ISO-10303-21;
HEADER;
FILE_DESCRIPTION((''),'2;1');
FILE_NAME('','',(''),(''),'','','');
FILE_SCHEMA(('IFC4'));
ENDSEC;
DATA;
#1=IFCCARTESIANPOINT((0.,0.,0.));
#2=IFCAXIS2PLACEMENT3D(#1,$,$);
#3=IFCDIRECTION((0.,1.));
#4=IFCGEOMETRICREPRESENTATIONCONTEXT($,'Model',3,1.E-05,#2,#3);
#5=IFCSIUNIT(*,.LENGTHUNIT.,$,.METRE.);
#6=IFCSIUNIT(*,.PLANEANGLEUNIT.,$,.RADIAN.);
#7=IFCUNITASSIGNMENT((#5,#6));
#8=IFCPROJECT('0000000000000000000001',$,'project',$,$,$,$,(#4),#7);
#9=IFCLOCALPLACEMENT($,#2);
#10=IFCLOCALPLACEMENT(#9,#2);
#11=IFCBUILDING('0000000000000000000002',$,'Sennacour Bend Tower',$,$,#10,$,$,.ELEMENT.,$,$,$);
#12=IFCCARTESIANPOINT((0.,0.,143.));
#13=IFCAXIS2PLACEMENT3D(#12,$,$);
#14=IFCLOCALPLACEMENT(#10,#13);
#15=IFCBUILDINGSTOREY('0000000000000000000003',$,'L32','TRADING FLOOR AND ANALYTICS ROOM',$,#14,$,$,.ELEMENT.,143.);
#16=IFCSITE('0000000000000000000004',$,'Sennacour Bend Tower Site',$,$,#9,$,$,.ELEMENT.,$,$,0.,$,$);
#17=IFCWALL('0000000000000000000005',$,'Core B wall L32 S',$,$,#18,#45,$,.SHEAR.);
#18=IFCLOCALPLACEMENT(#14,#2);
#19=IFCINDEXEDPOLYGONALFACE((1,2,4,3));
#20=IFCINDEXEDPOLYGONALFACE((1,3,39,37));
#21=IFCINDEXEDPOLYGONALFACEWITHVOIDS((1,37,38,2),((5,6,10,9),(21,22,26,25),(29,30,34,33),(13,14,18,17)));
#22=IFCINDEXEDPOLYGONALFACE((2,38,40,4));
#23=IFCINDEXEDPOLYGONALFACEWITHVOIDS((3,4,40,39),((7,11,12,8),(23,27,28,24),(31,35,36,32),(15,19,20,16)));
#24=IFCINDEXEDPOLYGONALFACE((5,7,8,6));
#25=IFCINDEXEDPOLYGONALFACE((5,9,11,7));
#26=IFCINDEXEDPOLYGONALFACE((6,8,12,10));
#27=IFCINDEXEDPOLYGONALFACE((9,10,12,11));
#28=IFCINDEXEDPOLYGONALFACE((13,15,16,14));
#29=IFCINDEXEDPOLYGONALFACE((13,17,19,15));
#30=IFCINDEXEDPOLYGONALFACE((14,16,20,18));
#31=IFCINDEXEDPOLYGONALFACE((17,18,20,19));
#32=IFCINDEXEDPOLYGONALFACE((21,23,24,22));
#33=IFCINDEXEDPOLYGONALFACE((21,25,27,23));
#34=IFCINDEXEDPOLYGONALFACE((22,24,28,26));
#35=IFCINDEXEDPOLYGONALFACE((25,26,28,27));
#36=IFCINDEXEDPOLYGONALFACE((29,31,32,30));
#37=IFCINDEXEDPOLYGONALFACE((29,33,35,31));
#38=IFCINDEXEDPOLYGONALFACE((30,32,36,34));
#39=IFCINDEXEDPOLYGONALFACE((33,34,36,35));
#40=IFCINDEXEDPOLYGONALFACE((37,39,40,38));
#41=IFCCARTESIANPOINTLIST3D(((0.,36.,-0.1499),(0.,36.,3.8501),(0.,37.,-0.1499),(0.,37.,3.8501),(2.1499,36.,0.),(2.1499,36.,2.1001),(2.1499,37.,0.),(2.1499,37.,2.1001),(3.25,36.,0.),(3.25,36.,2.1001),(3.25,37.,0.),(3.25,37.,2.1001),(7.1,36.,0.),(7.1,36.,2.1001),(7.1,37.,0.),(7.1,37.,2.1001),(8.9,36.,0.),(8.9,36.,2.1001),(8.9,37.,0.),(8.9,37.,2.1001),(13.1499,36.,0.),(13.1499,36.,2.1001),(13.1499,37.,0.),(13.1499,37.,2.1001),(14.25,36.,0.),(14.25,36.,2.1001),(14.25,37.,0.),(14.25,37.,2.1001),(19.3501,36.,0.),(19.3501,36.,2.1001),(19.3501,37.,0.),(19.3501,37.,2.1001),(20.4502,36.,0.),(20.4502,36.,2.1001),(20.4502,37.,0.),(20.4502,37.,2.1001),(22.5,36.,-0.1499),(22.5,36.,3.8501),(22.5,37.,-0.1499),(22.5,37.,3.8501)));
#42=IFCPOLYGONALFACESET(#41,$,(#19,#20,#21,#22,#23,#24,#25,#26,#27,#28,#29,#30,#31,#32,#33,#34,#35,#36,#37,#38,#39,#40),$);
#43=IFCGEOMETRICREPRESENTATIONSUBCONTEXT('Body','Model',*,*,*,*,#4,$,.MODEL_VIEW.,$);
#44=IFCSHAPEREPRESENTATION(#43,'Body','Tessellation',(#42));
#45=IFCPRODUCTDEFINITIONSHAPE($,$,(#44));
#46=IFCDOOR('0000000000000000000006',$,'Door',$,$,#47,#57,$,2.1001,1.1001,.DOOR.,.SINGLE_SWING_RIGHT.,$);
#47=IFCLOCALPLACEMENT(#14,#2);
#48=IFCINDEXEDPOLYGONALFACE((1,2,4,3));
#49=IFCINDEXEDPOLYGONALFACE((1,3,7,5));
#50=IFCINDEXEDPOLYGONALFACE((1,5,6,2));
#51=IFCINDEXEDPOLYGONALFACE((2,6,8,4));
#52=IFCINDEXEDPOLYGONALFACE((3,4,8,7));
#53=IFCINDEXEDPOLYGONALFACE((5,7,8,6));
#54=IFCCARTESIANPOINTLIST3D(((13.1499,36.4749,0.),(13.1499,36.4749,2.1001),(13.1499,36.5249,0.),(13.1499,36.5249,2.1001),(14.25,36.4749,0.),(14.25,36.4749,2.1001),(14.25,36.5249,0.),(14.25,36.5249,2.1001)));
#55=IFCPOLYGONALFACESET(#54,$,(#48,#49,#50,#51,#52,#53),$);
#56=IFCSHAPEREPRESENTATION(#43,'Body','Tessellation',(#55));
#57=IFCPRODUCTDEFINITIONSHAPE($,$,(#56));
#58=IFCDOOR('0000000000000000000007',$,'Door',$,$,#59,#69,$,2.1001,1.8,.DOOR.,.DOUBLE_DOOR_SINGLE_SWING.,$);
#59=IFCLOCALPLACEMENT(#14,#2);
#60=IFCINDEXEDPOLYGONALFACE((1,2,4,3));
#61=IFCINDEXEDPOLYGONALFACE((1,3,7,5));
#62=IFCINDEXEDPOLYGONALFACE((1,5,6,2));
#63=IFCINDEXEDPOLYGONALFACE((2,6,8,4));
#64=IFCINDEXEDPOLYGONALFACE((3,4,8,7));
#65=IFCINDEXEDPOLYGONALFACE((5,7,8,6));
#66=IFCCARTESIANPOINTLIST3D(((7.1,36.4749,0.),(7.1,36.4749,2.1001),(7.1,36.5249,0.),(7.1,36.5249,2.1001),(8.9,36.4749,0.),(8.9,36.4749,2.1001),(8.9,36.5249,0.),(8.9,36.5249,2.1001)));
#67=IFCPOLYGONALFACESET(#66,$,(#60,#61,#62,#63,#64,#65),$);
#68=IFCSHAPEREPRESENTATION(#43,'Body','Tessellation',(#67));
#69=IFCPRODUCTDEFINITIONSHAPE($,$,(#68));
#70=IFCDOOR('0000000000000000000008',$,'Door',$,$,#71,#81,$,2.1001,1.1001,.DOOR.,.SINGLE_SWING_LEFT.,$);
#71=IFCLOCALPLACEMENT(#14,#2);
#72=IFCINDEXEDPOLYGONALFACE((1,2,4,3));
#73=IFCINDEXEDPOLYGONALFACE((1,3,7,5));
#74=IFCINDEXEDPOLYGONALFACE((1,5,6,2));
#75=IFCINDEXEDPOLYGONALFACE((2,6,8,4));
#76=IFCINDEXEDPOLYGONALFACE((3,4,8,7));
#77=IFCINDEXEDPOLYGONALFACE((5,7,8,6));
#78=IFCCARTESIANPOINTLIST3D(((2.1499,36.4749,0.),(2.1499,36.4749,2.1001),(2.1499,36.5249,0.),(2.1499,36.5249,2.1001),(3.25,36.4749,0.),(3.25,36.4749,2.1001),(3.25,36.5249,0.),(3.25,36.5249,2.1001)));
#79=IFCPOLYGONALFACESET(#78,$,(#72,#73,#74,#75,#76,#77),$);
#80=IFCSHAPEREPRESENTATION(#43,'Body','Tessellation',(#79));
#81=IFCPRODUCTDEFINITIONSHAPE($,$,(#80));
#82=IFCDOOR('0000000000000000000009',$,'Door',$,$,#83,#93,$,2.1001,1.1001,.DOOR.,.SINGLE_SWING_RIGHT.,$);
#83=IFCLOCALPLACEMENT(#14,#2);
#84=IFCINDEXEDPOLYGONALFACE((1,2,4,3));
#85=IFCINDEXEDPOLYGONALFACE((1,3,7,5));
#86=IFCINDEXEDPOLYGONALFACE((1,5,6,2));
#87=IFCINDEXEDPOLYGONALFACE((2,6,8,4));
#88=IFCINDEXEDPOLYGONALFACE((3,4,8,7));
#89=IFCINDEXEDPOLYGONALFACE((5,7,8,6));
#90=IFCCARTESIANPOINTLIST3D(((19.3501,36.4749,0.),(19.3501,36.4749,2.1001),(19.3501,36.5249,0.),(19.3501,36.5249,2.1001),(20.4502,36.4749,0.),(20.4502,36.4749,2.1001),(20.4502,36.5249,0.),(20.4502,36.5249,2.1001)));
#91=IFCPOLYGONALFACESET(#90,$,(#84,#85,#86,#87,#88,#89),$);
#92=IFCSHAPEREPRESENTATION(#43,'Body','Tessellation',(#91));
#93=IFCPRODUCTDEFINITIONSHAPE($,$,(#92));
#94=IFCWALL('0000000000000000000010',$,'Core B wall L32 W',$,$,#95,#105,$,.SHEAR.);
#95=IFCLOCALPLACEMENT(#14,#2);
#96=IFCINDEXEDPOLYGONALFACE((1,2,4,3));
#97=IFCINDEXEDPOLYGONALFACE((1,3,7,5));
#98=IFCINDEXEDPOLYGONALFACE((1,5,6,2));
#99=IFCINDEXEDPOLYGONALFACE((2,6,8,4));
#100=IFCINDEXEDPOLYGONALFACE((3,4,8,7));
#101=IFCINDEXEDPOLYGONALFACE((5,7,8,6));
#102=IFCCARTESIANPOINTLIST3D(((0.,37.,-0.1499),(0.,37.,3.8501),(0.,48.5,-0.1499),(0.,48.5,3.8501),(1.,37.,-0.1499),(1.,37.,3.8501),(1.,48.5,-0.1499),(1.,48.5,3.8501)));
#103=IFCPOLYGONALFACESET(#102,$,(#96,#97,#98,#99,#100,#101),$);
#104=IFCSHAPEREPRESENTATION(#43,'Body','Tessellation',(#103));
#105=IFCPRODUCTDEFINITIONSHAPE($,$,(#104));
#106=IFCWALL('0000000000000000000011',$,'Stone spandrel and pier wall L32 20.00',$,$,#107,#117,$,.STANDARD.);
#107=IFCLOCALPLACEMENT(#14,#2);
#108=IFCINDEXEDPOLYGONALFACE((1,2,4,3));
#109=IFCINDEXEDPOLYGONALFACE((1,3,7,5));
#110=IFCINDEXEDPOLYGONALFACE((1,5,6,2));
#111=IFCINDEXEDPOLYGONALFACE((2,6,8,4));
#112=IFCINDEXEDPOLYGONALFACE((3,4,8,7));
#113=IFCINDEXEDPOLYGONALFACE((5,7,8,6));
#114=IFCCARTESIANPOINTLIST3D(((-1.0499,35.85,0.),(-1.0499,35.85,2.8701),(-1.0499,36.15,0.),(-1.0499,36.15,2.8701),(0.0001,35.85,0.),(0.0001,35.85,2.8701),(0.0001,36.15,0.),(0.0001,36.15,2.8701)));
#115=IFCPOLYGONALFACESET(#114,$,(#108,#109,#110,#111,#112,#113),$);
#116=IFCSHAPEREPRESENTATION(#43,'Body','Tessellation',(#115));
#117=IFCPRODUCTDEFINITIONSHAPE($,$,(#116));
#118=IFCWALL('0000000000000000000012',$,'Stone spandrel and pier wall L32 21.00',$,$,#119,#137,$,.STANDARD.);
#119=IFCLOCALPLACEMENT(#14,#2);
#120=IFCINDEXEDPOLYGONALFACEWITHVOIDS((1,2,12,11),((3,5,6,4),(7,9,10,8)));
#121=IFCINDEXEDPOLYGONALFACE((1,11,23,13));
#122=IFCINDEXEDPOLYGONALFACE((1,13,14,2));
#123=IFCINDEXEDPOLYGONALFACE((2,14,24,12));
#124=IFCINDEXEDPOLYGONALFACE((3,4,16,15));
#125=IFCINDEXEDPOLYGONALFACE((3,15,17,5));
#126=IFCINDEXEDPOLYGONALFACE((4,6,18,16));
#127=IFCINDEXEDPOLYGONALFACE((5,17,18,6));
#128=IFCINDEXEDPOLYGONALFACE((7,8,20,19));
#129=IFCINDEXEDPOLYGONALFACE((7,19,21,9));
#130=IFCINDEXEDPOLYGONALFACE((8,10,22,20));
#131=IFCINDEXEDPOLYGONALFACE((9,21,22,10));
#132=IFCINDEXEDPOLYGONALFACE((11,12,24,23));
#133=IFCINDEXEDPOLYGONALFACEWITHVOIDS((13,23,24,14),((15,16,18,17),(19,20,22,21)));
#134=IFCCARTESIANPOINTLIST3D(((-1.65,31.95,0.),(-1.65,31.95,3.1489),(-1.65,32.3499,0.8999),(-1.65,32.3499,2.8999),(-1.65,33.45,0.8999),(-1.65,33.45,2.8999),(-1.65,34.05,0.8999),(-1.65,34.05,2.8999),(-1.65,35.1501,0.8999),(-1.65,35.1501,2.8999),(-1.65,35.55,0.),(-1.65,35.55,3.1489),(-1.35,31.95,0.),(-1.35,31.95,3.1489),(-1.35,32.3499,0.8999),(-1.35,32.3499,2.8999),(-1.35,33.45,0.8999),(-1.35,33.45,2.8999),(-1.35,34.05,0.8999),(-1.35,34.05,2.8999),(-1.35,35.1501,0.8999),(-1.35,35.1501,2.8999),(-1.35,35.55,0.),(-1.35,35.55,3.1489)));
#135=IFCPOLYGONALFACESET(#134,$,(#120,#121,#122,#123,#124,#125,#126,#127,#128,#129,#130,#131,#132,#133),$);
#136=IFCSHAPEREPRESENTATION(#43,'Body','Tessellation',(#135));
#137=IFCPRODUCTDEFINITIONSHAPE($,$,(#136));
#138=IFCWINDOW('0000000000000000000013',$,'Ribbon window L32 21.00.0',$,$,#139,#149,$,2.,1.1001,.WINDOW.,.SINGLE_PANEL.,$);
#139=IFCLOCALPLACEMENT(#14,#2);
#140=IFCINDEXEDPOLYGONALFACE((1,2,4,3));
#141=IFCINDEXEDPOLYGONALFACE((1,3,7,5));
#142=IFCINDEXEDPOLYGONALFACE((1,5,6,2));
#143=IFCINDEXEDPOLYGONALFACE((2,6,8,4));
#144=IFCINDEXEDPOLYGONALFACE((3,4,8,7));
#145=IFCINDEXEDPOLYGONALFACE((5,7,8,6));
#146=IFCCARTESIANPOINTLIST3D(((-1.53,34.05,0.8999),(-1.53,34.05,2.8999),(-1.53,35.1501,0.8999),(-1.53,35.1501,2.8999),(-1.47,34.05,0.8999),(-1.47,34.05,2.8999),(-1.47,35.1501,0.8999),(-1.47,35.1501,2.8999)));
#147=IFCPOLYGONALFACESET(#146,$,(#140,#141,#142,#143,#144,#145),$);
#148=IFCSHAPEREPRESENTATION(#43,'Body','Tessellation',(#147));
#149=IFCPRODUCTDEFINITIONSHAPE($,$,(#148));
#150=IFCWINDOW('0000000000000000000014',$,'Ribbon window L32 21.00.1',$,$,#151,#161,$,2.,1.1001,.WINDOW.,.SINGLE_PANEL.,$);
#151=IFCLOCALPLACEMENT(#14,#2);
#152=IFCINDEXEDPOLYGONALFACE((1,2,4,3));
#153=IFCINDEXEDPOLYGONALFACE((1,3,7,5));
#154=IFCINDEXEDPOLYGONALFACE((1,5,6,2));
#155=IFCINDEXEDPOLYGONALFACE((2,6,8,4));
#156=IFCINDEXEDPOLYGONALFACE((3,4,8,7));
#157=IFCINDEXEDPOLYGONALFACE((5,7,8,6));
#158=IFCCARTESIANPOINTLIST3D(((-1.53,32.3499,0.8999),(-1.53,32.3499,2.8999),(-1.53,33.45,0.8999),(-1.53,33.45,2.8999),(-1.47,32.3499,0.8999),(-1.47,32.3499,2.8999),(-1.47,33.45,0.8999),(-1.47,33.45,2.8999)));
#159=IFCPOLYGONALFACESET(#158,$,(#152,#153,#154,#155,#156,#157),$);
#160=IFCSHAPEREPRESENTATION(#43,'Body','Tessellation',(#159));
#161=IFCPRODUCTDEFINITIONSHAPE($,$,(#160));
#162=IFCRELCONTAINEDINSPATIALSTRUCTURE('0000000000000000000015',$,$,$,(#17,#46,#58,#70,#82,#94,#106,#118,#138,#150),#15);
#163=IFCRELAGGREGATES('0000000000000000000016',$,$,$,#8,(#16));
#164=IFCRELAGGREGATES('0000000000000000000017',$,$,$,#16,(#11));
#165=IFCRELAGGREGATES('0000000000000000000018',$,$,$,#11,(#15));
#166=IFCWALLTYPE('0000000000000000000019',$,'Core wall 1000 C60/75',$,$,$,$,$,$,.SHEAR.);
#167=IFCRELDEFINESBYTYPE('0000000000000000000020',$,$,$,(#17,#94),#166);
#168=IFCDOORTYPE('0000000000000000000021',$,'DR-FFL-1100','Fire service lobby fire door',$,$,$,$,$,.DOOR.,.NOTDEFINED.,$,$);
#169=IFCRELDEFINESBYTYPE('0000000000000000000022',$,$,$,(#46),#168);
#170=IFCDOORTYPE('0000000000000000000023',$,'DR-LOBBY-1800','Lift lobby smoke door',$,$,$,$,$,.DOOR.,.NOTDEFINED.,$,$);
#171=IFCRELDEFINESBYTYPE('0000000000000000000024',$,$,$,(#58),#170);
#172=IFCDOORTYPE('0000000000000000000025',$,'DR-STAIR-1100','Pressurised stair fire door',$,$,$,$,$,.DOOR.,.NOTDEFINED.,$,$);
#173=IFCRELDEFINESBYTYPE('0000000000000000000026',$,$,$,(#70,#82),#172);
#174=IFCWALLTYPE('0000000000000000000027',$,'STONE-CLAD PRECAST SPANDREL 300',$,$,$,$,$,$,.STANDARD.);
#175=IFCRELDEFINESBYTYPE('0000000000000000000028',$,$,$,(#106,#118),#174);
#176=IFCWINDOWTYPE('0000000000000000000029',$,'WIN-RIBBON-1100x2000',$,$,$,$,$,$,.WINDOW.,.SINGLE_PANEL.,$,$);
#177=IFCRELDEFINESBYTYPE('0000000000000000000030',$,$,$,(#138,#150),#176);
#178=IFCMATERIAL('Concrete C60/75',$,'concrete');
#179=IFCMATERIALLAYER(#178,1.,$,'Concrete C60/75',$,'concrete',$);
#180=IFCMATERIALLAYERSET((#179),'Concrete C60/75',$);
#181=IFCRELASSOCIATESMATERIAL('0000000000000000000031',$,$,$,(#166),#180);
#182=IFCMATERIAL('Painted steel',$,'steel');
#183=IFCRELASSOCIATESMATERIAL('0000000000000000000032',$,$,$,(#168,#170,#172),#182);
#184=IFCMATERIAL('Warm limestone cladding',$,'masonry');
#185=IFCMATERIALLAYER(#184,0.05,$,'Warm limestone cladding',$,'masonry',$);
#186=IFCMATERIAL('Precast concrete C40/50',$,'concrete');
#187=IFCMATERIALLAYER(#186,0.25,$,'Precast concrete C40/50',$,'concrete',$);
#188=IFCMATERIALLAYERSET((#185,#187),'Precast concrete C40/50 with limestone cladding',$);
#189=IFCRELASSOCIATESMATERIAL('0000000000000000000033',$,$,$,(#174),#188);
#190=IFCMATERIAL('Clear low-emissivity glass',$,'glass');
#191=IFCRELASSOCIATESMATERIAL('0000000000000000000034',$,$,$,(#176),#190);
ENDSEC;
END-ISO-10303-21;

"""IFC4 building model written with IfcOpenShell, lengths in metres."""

from ifc_helpers import new_model, si_unit, direction, frame, frame_2d, origin, place, context, subcontext, project, spatial, rectangle, extrude, material, layer, layer_set, type_object, element, fill, save


model = new_model("IFC4")

# Units and contexts
model_context = context("Model", 3, precision=1e-05, world=origin(), true_north=direction((0.0, 1.0)))
body_context = subcontext(model_context, "Body", "Model", "MODEL_VIEW")
ifc_project = project(units=[si_unit("LENGTHUNIT", "METRE"), si_unit("PLANEANGLEUNIT", "RADIAN")], contexts=[model_context])

# Site, building, storey
site_placement = place(None, origin())
site = spatial("IfcSite", under=ifc_project, at=site_placement, Name="Sennacour Bend Tower Site", CompositionType="ELEMENT", RefElevation=0.0)
building_placement = place(site_placement, origin())
building = spatial("IfcBuilding", under=site, at=building_placement, Name="Sennacour Bend Tower", CompositionType="ELEMENT")
storey_placement = place(building_placement, frame((0.0, 0.0, 143.0)))
storey = spatial("IfcBuildingStorey", under=building, at=storey_placement, Name="L32", Description="TRADING FLOOR AND ANALYTICS ROOM", CompositionType="ELEMENT", Elevation=143.0)

# Wall, openings, doors
ifc_material_1 = material(Name="Concrete C60/75", Category="concrete")
ifc_layer_1 = layer(ifc_material_1, 1.0, Name="Concrete C60/75", Category="concrete")
ifc_layer_set_1 = layer_set([ifc_layer_1], Name="Concrete C60/75")
wall_type_1 = type_object("IfcWallType", Name="Core wall 1000 C60/75", PredefinedType="SHEAR", material=ifc_layer_set_1)
wall_1_placement = place(storey_placement, frame((0.0, 36.5, -0.1499), z_axis=(0.0, 0.0, 1.0), x_axis=(1.0, 0.0, 0.0)))
wall_1 = element("IfcWall", 1, at=wall_1_placement, inside=storey, type_object=wall_type_1, Name="Core B wall L32 S", PredefinedType="SHEAR", context=body_context, shape_type="SweptSolid", body=[
    extrude(rectangle(XDim=22.5, YDim=1.0, at=frame_2d((11.25, 0.0))), origin(), (0.0, 0.0, 1.0), 4.0),
])
opening_1_placement = place(wall_1_placement, frame((7.1001, 0.0, 0.1499)))
opening_1 = element("IfcOpeningElement", 2, at=opening_1_placement, cuts=wall_1, PredefinedType="OPENING", context=body_context, shape_type="SweptSolid", body=[
    extrude(rectangle(XDim=1.8, YDim=2.1001, at=frame_2d((0.8999, 1.05))), frame((0.0, 0.51, 0.0), z_axis=(0.0, -1.0, 0.0), x_axis=(1.0, 0.0, 0.0)), (0.0, 0.0, 1.0), 1.02),
])
opening_2_placement = place(wall_1_placement, frame((13.1499, 0.0, 0.1499)))
opening_2 = element("IfcOpeningElement", 3, at=opening_2_placement, cuts=wall_1, PredefinedType="OPENING", context=body_context, shape_type="SweptSolid", body=[
    extrude(rectangle(XDim=1.1001, YDim=2.1001, at=frame_2d((0.55, 1.05))), frame((0.0, 0.51, 0.0), z_axis=(0.0, -1.0, 0.0), x_axis=(1.0, 0.0, 0.0)), (0.0, 0.0, 1.0), 1.02),
])
opening_3_placement = place(wall_1_placement, frame((2.1499, 0.0, 0.1499)))
opening_3 = element("IfcOpeningElement", 4, at=opening_3_placement, cuts=wall_1, PredefinedType="OPENING", context=body_context, shape_type="SweptSolid", body=[
    extrude(rectangle(XDim=1.1001, YDim=2.1001, at=frame_2d((0.55, 1.05))), frame((0.0, 0.51, 0.0), z_axis=(0.0, -1.0, 0.0), x_axis=(1.0, 0.0, 0.0)), (0.0, 0.0, 1.0), 1.02),
])
opening_4_placement = place(wall_1_placement, frame((19.3501, 0.0, 0.1499)))
opening_4 = element("IfcOpeningElement", 5, at=opening_4_placement, cuts=wall_1, PredefinedType="OPENING", context=body_context, shape_type="SweptSolid", body=[
    extrude(rectangle(XDim=1.1001, YDim=2.1001, at=frame_2d((0.55, 1.05))), frame((0.0, 0.51, 0.0), z_axis=(0.0, -1.0, 0.0), x_axis=(1.0, 0.0, 0.0)), (0.0, 0.0, 1.0), 1.02),
])
ifc_material_2 = material(Name="Painted steel", Category="steel")
door_type_1 = type_object("IfcDoorType", Name="DR-FFL-1100", Description="Fire service lobby fire door", OperationType="NOTDEFINED", PredefinedType="DOOR", material=ifc_material_2)
door_1_placement = place(opening_2_placement, origin())
door_1 = element("IfcDoor", 6, at=door_1_placement, inside=storey, type_object=door_type_1, Name="Door", OperationType="SINGLE_SWING_RIGHT", OverallHeight=2.1001, OverallWidth=1.1001, PredefinedType="DOOR", context=body_context, shape_type="SweptSolid", body=[
    extrude(rectangle(XDim=1.1001, YDim=2.1001, at=frame_2d((0.55, 1.05))), frame((0.0, 0.0249, 0.0), z_axis=(0.0, -1.0, 0.0), x_axis=(1.0, 0.0, 0.0)), (0.0, 0.0, 1.0), 0.05),
])
fill(opening_2, door_1)
door_type_2 = type_object("IfcDoorType", Name="DR-LOBBY-1800", Description="Lift lobby smoke door", OperationType="NOTDEFINED", PredefinedType="DOOR", material=ifc_material_2)
door_2_placement = place(opening_1_placement, origin())
door_2 = element("IfcDoor", 7, at=door_2_placement, inside=storey, type_object=door_type_2, Name="Door", OperationType="DOUBLE_DOOR_SINGLE_SWING", OverallHeight=2.1001, OverallWidth=1.8, PredefinedType="DOOR", context=body_context, shape_type="SweptSolid", body=[
    extrude(rectangle(XDim=1.8, YDim=2.1001, at=frame_2d((0.8999, 1.05))), frame((0.0, 0.0249, 0.0), z_axis=(0.0, -1.0, 0.0), x_axis=(1.0, 0.0, 0.0)), (0.0, 0.0, 1.0), 0.05),
])
fill(opening_1, door_2)
door_type_3 = type_object("IfcDoorType", Name="DR-STAIR-1100", Description="Pressurised stair fire door", OperationType="NOTDEFINED", PredefinedType="DOOR", material=ifc_material_2)
door_3_placement = place(opening_3_placement, origin())
door_3 = element("IfcDoor", 8, at=door_3_placement, inside=storey, type_object=door_type_3, Name="Door", OperationType="SINGLE_SWING_LEFT", OverallHeight=2.1001, OverallWidth=1.1001, PredefinedType="DOOR", context=body_context, shape_type="SweptSolid", body=[
    extrude(rectangle(XDim=1.1001, YDim=2.1001, at=frame_2d((0.55, 1.05))), frame((0.0, 0.0249, 0.0), z_axis=(0.0, -1.0, 0.0), x_axis=(1.0, 0.0, 0.0)), (0.0, 0.0, 1.0), 0.05),
])
fill(opening_3, door_3)
door_4_placement = place(opening_4_placement, origin())
door_4 = element("IfcDoor", 9, at=door_4_placement, inside=storey, type_object=door_type_3, Name="Door", OperationType="SINGLE_SWING_RIGHT", OverallHeight=2.1001, OverallWidth=1.1001, PredefinedType="DOOR", context=body_context, shape_type="SweptSolid", body=[
    extrude(rectangle(XDim=1.1001, YDim=2.1001, at=frame_2d((0.55, 1.05))), frame((0.0, 0.0249, 0.0), z_axis=(0.0, -1.0, 0.0), x_axis=(1.0, 0.0, 0.0)), (0.0, 0.0, 1.0), 0.05),
])
fill(opening_4, door_4)

# Walls
wall_2_placement = place(storey_placement, frame((0.5, 37.0, -0.1499), z_axis=(0.0, 0.0, 1.0), x_axis=(0.0, 1.0, 0.0)))
element("IfcWall", 10, at=wall_2_placement, inside=storey, type_object=wall_type_1, Name="Core B wall L32 W", PredefinedType="SHEAR", context=body_context, shape_type="SweptSolid", body=[
    extrude(rectangle(XDim=11.5, YDim=1.0, at=frame_2d((5.75, 0.0))), origin(), (0.0, 0.0, 1.0), 4.0),
])
ifc_material_3 = material(Name="Warm limestone cladding", Category="masonry")
ifc_layer_2 = layer(ifc_material_3, 0.05, Name="Warm limestone cladding", Category="masonry")
ifc_material_4 = material(Name="Precast concrete C40/50", Category="concrete")
ifc_layer_3 = layer(ifc_material_4, 0.25, Name="Precast concrete C40/50", Category="concrete")
ifc_layer_set_2 = layer_set([ifc_layer_2, ifc_layer_3], Name="Precast concrete C40/50 with limestone cladding")
wall_type_2 = type_object("IfcWallType", Name="STONE-CLAD PRECAST SPANDREL 300", PredefinedType="STANDARD", material=ifc_layer_set_2)
wall_3_placement = place(storey_placement, frame((0.0, 36.0, 0.0), z_axis=(0.0, 0.0, 1.0), x_axis=(-1.0, 0.0, 0.0)))
element("IfcWall", 11, at=wall_3_placement, inside=storey, type_object=wall_type_2, Name="Stone spandrel and pier wall L32 20.00", PredefinedType="STANDARD", context=body_context, shape_type="SweptSolid", body=[
    extrude(rectangle(XDim=1.05, YDim=0.3, at=frame_2d((0.5249, 0.0))), origin(), (0.0, 0.0, 1.0), 2.8701),
])

# Wall, openings, windows
wall_4_placement = place(storey_placement, frame((-1.5, 35.55, 0.0), z_axis=(0.0, 0.0, 1.0), x_axis=(0.0, -1.0, 0.0)))
wall_4 = element("IfcWall", 12, at=wall_4_placement, inside=storey, type_object=wall_type_2, Name="Stone spandrel and pier wall L32 21.00", PredefinedType="STANDARD", context=body_context, shape_type="SweptSolid", body=[
    extrude(rectangle(XDim=3.6001, YDim=0.3, at=frame_2d((1.8, 0.0))), origin(), (0.0, 0.0, 1.0), 3.1489),
])
opening_5_placement = place(wall_4_placement, frame((0.3999, 0.0, 0.8999)))
opening_5 = element("IfcOpeningElement", 13, at=opening_5_placement, cuts=wall_4, PredefinedType="OPENING", context=body_context, shape_type="SweptSolid", body=[
    extrude(rectangle(XDim=1.1001, YDim=2.0, at=frame_2d((0.55, 1.0))), frame((0.0, 0.1602, 0.0), z_axis=(0.0, -1.0, 0.0), x_axis=(1.0, 0.0, 0.0)), (0.0, 0.0, 1.0), 0.3201),
])
opening_6_placement = place(wall_4_placement, frame((2.1001, 0.0, 0.8999)))
opening_6 = element("IfcOpeningElement", 14, at=opening_6_placement, cuts=wall_4, PredefinedType="OPENING", context=body_context, shape_type="SweptSolid", body=[
    extrude(rectangle(XDim=1.1001, YDim=2.0, at=frame_2d((0.55, 1.0))), frame((0.0, 0.1602, 0.0), z_axis=(0.0, -1.0, 0.0), x_axis=(1.0, 0.0, 0.0)), (0.0, 0.0, 1.0), 0.3201),
])
ifc_material_5 = material(Name="Clear low-emissivity glass", Category="glass")
window_type = type_object("IfcWindowType", Name="WIN-RIBBON-1100x2000", PartitioningType="SINGLE_PANEL", PredefinedType="WINDOW", material=ifc_material_5)
window_1_placement = place(opening_5_placement, origin())
window_1 = element("IfcWindow", 15, at=window_1_placement, inside=storey, type_object=window_type, Name="Ribbon window L32 21.00.0", OverallHeight=2.0, OverallWidth=1.1001, PartitioningType="SINGLE_PANEL", PredefinedType="WINDOW", context=body_context, shape_type="SweptSolid", body=[
    extrude(rectangle(XDim=1.1001, YDim=2.0, at=frame_2d((0.55, 1.0))), frame((0.0, 0.03, 0.0), z_axis=(0.0, -1.0, 0.0), x_axis=(1.0, 0.0, 0.0)), (0.0, 0.0, 1.0), 0.0601),
])
fill(opening_5, window_1)
window_2_placement = place(opening_6_placement, origin())
window_2 = element("IfcWindow", 16, at=window_2_placement, inside=storey, type_object=window_type, Name="Ribbon window L32 21.00.1", OverallHeight=2.0, OverallWidth=1.1001, PartitioningType="SINGLE_PANEL", PredefinedType="WINDOW", context=body_context, shape_type="SweptSolid", body=[
    extrude(rectangle(XDim=1.1001, YDim=2.0, at=frame_2d((0.55, 1.0))), frame((0.0, 0.03, 0.0), z_axis=(0.0, -1.0, 0.0), x_axis=(1.0, 0.0, 0.0)), (0.0, 0.0, 1.0), 0.0601),
])
fill(opening_6, window_2)

save(model, "model.ifc")
